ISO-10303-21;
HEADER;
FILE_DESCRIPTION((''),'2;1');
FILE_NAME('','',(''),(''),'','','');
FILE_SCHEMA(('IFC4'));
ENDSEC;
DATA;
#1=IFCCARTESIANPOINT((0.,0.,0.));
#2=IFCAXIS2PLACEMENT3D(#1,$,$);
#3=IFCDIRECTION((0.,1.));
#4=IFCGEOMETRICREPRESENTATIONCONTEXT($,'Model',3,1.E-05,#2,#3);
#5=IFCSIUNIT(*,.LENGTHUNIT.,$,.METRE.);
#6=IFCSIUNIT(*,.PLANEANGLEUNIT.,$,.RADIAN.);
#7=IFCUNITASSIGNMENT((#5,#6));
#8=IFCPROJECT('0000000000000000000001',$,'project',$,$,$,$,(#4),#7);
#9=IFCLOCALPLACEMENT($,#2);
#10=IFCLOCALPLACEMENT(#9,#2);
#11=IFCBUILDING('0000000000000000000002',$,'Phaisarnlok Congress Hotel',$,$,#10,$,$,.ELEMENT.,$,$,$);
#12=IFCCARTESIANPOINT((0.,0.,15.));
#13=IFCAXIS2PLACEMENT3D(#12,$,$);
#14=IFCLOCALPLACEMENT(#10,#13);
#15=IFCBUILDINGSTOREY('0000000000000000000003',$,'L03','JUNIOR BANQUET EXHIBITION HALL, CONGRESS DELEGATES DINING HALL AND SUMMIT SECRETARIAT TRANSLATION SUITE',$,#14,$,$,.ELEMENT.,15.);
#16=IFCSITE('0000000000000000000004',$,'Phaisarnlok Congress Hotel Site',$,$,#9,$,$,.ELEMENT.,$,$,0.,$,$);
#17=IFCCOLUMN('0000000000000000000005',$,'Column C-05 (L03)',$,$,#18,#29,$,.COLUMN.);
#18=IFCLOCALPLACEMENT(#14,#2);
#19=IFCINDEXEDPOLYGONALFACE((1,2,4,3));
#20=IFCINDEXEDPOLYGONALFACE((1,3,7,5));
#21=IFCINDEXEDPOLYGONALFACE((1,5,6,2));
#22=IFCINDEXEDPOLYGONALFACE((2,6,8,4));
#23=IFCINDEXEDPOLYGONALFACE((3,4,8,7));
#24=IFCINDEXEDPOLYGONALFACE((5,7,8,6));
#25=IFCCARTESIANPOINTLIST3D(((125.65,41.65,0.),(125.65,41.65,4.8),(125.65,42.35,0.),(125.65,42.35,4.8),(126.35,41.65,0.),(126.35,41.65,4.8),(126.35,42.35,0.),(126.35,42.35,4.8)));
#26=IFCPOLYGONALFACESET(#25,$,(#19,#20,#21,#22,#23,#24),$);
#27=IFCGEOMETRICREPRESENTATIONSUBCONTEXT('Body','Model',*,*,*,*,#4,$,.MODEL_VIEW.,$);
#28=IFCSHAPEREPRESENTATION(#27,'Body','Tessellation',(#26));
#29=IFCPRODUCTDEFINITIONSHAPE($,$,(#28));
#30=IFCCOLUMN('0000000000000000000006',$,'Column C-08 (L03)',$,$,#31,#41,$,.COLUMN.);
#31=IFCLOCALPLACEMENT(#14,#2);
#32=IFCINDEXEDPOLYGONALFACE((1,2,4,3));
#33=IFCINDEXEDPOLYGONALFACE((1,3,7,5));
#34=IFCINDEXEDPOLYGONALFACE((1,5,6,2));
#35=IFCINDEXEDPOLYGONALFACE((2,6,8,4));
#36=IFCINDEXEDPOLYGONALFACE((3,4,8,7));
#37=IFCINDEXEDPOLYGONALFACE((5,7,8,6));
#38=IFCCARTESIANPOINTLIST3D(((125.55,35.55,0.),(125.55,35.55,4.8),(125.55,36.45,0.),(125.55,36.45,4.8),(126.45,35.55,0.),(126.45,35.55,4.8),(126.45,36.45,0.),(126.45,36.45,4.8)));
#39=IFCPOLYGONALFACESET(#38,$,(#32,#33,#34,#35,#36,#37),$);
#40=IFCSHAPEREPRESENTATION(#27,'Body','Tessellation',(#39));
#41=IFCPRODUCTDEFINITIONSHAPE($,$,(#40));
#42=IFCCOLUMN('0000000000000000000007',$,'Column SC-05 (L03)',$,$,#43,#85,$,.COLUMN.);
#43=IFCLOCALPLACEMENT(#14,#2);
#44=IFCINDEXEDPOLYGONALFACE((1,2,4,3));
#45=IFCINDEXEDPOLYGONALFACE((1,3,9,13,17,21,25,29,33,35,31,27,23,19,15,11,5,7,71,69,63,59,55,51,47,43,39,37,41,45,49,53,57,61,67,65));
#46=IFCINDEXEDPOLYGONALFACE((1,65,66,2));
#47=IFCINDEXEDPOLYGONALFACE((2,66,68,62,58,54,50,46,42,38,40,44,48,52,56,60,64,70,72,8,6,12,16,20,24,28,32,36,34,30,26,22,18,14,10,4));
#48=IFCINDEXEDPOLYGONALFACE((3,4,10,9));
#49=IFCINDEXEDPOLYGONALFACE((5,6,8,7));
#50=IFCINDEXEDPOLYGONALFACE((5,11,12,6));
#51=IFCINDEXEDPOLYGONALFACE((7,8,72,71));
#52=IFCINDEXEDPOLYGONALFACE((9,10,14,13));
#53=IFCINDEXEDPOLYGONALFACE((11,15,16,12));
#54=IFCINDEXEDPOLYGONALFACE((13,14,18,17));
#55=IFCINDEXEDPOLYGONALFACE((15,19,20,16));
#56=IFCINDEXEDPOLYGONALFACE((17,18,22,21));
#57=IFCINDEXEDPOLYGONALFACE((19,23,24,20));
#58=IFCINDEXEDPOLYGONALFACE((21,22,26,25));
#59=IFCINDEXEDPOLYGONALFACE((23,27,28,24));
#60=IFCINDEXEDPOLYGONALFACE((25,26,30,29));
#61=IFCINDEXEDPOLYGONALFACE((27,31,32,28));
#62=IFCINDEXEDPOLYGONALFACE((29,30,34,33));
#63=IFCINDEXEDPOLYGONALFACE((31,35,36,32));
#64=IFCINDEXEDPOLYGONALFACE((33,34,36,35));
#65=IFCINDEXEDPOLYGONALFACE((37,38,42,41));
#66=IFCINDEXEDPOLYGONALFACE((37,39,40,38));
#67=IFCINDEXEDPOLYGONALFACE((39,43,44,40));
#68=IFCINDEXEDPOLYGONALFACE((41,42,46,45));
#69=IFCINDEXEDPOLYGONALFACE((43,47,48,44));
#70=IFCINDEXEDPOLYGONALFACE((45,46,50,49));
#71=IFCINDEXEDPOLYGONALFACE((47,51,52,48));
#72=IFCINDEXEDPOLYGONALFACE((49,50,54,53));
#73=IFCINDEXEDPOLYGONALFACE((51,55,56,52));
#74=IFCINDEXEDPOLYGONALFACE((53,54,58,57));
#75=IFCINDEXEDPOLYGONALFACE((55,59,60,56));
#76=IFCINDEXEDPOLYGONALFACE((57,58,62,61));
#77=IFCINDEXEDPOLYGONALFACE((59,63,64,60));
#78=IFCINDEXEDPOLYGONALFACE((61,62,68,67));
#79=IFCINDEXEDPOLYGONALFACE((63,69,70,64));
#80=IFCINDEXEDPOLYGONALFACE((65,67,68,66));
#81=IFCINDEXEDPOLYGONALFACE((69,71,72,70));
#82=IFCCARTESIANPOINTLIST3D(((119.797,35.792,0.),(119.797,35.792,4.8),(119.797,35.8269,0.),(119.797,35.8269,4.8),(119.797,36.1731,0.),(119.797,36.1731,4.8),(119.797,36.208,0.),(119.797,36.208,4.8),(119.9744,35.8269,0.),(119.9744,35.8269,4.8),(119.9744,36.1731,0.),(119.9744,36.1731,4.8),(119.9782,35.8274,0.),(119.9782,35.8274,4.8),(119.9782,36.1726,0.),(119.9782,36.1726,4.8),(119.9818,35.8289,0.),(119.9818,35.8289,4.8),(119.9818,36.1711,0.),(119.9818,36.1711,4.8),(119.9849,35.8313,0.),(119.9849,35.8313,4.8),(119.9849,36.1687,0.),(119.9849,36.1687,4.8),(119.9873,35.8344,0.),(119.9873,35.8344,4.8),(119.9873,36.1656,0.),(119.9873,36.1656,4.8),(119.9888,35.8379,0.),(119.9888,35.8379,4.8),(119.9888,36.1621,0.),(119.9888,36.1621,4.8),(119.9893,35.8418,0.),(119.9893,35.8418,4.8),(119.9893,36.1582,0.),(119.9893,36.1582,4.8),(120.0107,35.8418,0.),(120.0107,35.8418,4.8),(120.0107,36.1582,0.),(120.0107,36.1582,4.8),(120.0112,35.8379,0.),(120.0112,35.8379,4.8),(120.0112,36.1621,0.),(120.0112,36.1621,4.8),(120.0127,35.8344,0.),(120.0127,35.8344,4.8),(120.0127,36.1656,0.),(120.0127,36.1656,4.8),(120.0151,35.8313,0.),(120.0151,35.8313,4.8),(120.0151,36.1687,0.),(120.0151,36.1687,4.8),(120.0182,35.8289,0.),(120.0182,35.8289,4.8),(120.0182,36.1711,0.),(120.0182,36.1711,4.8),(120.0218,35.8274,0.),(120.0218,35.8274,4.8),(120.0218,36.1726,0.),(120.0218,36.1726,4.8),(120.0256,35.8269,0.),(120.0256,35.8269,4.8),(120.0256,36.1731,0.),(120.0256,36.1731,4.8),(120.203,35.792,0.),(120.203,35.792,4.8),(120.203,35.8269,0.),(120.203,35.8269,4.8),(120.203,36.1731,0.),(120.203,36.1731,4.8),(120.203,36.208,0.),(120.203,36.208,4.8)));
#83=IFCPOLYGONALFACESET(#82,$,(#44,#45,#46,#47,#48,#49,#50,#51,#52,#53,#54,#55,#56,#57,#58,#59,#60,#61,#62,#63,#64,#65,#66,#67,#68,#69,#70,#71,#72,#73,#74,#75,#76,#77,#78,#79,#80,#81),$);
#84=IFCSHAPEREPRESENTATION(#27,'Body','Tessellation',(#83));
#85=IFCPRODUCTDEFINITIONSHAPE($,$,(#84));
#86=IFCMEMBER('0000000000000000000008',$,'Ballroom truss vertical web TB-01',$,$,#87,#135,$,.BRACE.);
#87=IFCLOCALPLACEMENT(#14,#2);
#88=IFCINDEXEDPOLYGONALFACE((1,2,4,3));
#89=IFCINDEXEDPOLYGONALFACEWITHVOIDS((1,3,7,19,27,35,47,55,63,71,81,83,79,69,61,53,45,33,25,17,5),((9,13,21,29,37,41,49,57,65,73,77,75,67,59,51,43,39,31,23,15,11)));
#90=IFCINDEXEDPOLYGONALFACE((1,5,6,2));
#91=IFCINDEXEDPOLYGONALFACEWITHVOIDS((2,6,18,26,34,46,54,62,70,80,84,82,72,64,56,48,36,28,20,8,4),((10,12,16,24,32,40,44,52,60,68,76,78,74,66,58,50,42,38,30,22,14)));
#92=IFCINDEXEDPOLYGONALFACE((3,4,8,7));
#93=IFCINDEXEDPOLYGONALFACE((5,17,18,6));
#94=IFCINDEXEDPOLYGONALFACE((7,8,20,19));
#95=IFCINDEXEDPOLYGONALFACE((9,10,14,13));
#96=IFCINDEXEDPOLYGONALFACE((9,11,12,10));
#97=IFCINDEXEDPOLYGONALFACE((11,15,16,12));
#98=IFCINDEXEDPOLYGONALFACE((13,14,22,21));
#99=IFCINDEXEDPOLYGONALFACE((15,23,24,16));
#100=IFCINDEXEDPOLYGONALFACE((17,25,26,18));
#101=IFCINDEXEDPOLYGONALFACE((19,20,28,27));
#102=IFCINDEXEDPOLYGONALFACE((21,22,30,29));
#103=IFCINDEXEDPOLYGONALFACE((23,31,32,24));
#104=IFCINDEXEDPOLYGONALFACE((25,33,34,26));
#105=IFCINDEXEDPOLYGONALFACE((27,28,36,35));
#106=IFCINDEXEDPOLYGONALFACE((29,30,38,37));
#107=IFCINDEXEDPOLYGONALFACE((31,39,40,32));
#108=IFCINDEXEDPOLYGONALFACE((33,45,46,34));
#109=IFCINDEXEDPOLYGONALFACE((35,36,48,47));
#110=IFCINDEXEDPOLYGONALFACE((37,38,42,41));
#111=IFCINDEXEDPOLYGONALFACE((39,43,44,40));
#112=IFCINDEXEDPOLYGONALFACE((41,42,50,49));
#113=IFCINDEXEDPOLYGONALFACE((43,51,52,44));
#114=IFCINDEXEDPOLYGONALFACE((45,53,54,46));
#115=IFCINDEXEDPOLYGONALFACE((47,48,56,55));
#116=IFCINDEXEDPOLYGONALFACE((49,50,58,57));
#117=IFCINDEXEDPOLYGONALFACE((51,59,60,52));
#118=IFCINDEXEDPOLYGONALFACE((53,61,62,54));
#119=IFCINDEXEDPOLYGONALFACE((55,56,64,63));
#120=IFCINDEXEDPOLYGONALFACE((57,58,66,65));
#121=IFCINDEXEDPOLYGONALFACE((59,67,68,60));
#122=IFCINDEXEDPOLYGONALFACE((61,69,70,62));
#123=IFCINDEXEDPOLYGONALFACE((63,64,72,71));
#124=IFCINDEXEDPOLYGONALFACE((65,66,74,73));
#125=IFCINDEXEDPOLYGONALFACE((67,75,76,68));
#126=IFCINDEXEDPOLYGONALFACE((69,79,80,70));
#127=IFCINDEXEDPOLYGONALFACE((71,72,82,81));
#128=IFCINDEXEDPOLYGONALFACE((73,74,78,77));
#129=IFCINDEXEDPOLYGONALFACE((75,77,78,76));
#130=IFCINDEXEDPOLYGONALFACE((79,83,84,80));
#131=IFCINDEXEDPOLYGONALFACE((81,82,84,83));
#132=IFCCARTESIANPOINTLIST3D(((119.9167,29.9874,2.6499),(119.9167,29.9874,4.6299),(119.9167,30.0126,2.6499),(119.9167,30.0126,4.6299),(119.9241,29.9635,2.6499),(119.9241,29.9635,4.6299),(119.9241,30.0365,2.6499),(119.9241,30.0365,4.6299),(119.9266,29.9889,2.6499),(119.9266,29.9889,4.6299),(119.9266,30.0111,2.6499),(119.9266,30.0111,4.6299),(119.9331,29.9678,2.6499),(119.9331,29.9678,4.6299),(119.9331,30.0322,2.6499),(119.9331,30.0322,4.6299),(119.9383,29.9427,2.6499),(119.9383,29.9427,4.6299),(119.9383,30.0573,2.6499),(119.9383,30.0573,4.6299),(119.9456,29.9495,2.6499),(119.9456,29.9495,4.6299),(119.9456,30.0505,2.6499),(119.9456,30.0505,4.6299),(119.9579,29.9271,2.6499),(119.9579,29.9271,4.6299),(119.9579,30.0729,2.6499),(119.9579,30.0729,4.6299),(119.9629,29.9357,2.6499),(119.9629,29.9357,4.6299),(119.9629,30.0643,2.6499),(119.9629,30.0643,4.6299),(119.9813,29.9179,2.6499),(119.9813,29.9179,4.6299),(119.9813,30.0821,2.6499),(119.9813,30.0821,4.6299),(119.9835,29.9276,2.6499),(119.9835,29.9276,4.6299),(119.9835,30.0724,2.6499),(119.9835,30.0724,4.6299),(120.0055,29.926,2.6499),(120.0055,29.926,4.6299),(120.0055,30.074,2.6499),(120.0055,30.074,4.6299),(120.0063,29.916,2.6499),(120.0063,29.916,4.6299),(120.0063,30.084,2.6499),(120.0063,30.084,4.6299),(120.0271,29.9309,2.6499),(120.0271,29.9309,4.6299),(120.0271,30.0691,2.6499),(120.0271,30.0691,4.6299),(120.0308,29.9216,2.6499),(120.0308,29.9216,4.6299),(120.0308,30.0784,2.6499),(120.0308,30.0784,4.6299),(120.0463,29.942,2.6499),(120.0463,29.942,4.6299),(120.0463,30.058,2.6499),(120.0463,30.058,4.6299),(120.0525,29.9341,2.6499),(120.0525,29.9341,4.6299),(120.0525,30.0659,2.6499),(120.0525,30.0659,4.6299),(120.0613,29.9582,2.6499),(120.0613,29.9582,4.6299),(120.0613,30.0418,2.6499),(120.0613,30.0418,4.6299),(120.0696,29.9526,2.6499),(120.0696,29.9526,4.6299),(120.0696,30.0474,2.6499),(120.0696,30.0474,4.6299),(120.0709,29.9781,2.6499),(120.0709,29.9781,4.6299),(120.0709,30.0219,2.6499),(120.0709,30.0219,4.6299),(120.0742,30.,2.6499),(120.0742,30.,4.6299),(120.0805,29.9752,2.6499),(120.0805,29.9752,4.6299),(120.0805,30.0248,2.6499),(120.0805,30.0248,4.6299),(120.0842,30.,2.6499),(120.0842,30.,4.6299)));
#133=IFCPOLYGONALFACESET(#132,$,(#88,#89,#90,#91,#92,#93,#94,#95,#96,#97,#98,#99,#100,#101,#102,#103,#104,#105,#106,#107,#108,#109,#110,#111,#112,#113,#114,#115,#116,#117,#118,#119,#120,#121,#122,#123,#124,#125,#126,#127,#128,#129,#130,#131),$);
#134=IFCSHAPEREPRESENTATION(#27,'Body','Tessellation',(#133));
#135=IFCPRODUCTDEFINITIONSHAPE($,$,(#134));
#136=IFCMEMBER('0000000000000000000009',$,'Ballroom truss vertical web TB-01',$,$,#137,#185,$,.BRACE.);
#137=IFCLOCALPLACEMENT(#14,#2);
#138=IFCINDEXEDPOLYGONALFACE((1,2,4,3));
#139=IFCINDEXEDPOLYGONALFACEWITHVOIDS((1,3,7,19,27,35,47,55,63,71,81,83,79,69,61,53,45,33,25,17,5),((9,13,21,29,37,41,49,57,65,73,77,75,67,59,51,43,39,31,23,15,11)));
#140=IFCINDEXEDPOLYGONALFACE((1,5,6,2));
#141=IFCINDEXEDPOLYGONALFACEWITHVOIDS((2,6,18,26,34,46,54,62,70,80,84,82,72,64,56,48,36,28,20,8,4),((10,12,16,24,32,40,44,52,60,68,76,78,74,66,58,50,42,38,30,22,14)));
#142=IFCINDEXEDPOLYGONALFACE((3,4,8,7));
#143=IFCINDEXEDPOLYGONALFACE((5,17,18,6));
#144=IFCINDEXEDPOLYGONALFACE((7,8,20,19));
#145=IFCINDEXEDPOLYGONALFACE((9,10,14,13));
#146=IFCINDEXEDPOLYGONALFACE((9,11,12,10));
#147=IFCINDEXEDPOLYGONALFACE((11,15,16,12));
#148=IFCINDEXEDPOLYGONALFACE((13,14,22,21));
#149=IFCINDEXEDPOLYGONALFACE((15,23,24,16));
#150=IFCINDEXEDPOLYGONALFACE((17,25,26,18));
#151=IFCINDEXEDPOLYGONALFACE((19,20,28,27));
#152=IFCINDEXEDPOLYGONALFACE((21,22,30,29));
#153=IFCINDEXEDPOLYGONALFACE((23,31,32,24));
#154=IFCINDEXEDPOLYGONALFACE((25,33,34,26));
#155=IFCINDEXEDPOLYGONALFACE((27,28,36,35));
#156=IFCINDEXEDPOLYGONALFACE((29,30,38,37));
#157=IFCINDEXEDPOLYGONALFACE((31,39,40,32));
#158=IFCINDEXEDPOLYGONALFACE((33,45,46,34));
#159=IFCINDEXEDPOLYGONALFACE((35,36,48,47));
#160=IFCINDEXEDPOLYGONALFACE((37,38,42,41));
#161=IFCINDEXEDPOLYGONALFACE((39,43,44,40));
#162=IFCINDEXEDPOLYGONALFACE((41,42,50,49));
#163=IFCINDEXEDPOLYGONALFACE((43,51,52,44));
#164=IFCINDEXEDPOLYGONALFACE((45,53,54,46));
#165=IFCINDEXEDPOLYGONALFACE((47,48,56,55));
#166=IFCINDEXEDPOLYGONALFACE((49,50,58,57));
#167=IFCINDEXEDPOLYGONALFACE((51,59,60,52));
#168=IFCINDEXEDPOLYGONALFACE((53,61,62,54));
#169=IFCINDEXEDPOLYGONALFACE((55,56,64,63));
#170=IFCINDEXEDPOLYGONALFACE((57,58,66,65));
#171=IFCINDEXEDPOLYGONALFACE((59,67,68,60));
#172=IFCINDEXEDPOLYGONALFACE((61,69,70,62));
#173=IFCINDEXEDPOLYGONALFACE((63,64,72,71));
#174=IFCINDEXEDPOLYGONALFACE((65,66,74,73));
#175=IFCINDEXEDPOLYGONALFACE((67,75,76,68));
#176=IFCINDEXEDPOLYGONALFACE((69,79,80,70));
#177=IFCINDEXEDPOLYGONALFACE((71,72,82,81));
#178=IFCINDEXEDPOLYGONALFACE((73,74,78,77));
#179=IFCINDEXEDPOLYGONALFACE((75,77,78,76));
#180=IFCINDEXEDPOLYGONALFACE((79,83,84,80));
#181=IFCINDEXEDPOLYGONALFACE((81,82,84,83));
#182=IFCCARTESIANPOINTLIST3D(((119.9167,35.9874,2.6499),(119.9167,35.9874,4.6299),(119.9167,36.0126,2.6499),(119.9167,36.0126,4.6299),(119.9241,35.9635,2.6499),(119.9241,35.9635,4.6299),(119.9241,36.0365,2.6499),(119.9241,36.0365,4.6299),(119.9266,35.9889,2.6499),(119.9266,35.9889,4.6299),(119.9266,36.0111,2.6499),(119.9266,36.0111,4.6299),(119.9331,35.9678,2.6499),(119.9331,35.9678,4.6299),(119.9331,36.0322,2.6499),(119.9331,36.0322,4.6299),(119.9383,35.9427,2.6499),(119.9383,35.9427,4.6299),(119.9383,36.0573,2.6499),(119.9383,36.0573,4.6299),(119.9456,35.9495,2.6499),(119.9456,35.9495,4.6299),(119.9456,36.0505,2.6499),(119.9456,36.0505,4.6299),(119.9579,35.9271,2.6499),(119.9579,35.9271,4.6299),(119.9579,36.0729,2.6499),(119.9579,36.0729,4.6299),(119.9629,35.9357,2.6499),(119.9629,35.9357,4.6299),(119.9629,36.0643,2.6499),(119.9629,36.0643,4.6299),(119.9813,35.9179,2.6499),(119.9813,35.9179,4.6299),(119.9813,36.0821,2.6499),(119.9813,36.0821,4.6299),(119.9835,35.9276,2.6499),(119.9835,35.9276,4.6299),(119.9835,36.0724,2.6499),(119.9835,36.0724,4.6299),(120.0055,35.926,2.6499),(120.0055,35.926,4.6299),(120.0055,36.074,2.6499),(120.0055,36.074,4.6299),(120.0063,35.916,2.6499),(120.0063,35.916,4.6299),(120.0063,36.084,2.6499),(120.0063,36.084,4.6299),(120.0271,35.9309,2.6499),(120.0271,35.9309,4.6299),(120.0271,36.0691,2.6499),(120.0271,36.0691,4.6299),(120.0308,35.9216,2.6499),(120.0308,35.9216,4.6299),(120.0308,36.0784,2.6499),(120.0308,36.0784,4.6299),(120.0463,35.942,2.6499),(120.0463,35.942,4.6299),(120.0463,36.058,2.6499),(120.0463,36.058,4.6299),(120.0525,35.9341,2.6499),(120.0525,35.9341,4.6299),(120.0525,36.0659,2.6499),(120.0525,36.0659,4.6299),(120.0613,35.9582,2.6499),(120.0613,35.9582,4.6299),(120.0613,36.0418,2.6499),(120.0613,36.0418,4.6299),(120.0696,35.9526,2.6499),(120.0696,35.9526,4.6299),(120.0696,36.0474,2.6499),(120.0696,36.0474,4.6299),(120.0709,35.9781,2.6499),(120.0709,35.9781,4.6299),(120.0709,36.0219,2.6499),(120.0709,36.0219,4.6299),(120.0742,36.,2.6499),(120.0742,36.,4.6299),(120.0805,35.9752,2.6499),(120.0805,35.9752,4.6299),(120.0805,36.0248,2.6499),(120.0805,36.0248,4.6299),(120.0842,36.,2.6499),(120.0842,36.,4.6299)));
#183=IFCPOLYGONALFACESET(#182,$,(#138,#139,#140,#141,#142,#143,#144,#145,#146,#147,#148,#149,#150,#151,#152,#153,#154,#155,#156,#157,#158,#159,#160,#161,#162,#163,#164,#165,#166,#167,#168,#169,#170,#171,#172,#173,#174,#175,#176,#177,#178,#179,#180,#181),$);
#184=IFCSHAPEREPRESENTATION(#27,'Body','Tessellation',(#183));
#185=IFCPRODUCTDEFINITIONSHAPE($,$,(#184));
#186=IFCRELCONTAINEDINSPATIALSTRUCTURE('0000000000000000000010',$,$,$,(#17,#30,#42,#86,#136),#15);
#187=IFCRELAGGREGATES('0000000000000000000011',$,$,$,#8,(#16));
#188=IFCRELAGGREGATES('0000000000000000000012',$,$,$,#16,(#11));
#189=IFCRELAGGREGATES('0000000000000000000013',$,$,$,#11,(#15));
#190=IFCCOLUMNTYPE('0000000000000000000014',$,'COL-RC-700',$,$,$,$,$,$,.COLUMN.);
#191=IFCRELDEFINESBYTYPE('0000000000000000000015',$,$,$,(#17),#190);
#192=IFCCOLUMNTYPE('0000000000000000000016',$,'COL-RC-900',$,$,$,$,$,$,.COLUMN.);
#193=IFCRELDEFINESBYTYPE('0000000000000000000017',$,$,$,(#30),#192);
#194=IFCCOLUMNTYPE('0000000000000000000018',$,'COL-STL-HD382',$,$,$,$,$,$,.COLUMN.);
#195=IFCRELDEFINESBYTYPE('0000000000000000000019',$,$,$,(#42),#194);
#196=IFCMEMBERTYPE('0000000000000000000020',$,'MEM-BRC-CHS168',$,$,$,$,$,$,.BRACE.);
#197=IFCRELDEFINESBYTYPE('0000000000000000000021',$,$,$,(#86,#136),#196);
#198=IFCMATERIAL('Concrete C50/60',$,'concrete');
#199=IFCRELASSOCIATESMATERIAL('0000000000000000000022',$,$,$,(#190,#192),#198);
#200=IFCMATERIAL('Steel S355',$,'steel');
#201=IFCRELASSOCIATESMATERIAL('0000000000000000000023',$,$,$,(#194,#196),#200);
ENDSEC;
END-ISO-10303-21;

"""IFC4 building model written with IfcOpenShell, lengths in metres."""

from ifc_helpers import new_model, si_unit, direction, frame, origin, origin_2d, place, context, subcontext, project, spatial, rectangle, hollow_circle, i_section, extrude, material, material_profile, profile_set, type_object, element, save


model = new_model("IFC4")

# Units and contexts
model_context = context("Model", 3, precision=1e-05, world=origin(), true_north=direction((0.0, 1.0)))
body_context = subcontext(model_context, "Body", "Model", "MODEL_VIEW")
ifc_project = project(units=[si_unit("LENGTHUNIT", "METRE"), si_unit("PLANEANGLEUNIT", "RADIAN")], contexts=[model_context])

# Site, building, storey
site_placement = place(None, origin())
site = spatial("IfcSite", under=ifc_project, at=site_placement, Name="Phaisarnlok Congress Hotel Site", CompositionType="ELEMENT", RefElevation=0.0)
building_placement = place(site_placement, origin())
building = spatial("IfcBuilding", under=site, at=building_placement, Name="Phaisarnlok Congress Hotel", CompositionType="ELEMENT")
storey_placement = place(building_placement, frame((0.0, 0.0, 15.0)))
storey = spatial("IfcBuildingStorey", under=building, at=storey_placement, Name="L03", Description="JUNIOR BANQUET EXHIBITION HALL, CONGRESS DELEGATES DINING HALL AND SUMMIT SECRETARIAT TRANSLATION SUITE", CompositionType="ELEMENT", Elevation=15.0)

# Columns
ifc_material_1 = material(Name="Concrete C50/60", Category="concrete")
ifc_material_profile_1 = material_profile(ifc_material_1, rectangle(XDim=0.7, YDim=0.7, at=origin_2d()), Name="RC 700x700")
ifc_profile_set_1 = profile_set([ifc_material_profile_1], Name="Concrete C50/60")
column_type_1 = type_object("IfcColumnType", Name="COL-RC-700", PredefinedType="COLUMN", material=ifc_profile_set_1)
column_1_placement = place(storey_placement, frame((126.0, 42.0, 0.0), z_axis=(0.0, 0.0, 1.0), x_axis=(1.0, 0.0, 0.0)))
element("IfcColumn", 1, at=column_1_placement, inside=storey, type_object=column_type_1, Name="Column C-05 (L03)", PredefinedType="COLUMN", context=body_context, shape_type="SweptSolid", body=[
    extrude(rectangle(XDim=0.7, YDim=0.7, at=origin_2d()), origin(), (0.0, 0.0, 1.0), 4.8),
])
ifc_material_profile_2 = material_profile(ifc_material_1, rectangle(XDim=0.8999, YDim=0.8999, at=origin_2d()), Name="RC 900x900")
ifc_profile_set_2 = profile_set([ifc_material_profile_2], Name="Concrete C50/60")
column_type_2 = type_object("IfcColumnType", Name="COL-RC-900", PredefinedType="COLUMN", material=ifc_profile_set_2)
column_2_placement = place(storey_placement, frame((126.0, 36.0, 0.0), z_axis=(0.0, 0.0, 1.0), x_axis=(1.0, 0.0, 0.0)))
element("IfcColumn", 2, at=column_2_placement, inside=storey, type_object=column_type_2, Name="Column C-08 (L03)", PredefinedType="COLUMN", context=body_context, shape_type="SweptSolid", body=[
    extrude(rectangle(XDim=0.8999, YDim=0.8999, at=origin_2d()), origin(), (0.0, 0.0, 1.0), 4.8),
])
ifc_material_2 = material(Name="Steel S355", Category="steel")
ifc_material_profile_3 = material_profile(ifc_material_2, i_section(OverallWidth=0.406, OverallDepth=0.416, WebThickness=0.0215, FlangeThickness=0.0349, FilletRadius=0.0149, at=origin_2d()), Name="HD 400x382")
ifc_profile_set_3 = profile_set([ifc_material_profile_3], Name="Steel S355")
column_type_3 = type_object("IfcColumnType", Name="COL-STL-HD382", PredefinedType="COLUMN", material=ifc_profile_set_3)
column_3_placement = place(storey_placement, frame((120.0, 36.0, 0.0), z_axis=(0.0, 0.0, 1.0), x_axis=(1.0, 0.0, 0.0)))
element("IfcColumn", 3, at=column_3_placement, inside=storey, type_object=column_type_3, Name="Column SC-05 (L03)", PredefinedType="COLUMN", context=body_context, shape_type="SweptSolid", body=[
    extrude(i_section(OverallWidth=0.406, OverallDepth=0.416, WebThickness=0.0215, FlangeThickness=0.0349, FilletRadius=0.0149, at=origin_2d()), origin(), (0.0, 0.0, 1.0), 4.8),
])

# Members
ifc_material_profile_4 = material_profile(ifc_material_2, hollow_circle(Radius=0.0842, WallThickness=0.01, at=origin_2d()), Name="CHS 168.3x10")
ifc_profile_set_4 = profile_set([ifc_material_profile_4], Name="Steel S355")
member_type_1 = type_object("IfcMemberType", Name="MEM-BRC-CHS168", PredefinedType="BRACE", material=ifc_profile_set_4)
for number, where, z_axis, x_axis, name in (
    (4, (120.0, 30.0, 2.6499), (0.0, 0.0, 1.0), (1.0, 0.0, 0.0), "Ballroom truss vertical web TB-01"),
    (5, (120.0, 36.0, 2.6499), (0.0, 0.0, 1.0), (1.0, 0.0, 0.0), "Ballroom truss vertical web TB-01"),
):
    element("IfcMember", number, at=place(storey_placement, frame(where, z_axis=z_axis, x_axis=x_axis)), inside=storey, type_object=member_type_1, Name=name, PredefinedType="BRACE", context=body_context, shape_type="SweptSolid", body=[
        extrude(hollow_circle(Radius=0.0842, WallThickness=0.01, at=origin_2d()), origin(), (0.0, 0.0, 1.0), 1.98),
    ])

save(model, "model.ifc")
